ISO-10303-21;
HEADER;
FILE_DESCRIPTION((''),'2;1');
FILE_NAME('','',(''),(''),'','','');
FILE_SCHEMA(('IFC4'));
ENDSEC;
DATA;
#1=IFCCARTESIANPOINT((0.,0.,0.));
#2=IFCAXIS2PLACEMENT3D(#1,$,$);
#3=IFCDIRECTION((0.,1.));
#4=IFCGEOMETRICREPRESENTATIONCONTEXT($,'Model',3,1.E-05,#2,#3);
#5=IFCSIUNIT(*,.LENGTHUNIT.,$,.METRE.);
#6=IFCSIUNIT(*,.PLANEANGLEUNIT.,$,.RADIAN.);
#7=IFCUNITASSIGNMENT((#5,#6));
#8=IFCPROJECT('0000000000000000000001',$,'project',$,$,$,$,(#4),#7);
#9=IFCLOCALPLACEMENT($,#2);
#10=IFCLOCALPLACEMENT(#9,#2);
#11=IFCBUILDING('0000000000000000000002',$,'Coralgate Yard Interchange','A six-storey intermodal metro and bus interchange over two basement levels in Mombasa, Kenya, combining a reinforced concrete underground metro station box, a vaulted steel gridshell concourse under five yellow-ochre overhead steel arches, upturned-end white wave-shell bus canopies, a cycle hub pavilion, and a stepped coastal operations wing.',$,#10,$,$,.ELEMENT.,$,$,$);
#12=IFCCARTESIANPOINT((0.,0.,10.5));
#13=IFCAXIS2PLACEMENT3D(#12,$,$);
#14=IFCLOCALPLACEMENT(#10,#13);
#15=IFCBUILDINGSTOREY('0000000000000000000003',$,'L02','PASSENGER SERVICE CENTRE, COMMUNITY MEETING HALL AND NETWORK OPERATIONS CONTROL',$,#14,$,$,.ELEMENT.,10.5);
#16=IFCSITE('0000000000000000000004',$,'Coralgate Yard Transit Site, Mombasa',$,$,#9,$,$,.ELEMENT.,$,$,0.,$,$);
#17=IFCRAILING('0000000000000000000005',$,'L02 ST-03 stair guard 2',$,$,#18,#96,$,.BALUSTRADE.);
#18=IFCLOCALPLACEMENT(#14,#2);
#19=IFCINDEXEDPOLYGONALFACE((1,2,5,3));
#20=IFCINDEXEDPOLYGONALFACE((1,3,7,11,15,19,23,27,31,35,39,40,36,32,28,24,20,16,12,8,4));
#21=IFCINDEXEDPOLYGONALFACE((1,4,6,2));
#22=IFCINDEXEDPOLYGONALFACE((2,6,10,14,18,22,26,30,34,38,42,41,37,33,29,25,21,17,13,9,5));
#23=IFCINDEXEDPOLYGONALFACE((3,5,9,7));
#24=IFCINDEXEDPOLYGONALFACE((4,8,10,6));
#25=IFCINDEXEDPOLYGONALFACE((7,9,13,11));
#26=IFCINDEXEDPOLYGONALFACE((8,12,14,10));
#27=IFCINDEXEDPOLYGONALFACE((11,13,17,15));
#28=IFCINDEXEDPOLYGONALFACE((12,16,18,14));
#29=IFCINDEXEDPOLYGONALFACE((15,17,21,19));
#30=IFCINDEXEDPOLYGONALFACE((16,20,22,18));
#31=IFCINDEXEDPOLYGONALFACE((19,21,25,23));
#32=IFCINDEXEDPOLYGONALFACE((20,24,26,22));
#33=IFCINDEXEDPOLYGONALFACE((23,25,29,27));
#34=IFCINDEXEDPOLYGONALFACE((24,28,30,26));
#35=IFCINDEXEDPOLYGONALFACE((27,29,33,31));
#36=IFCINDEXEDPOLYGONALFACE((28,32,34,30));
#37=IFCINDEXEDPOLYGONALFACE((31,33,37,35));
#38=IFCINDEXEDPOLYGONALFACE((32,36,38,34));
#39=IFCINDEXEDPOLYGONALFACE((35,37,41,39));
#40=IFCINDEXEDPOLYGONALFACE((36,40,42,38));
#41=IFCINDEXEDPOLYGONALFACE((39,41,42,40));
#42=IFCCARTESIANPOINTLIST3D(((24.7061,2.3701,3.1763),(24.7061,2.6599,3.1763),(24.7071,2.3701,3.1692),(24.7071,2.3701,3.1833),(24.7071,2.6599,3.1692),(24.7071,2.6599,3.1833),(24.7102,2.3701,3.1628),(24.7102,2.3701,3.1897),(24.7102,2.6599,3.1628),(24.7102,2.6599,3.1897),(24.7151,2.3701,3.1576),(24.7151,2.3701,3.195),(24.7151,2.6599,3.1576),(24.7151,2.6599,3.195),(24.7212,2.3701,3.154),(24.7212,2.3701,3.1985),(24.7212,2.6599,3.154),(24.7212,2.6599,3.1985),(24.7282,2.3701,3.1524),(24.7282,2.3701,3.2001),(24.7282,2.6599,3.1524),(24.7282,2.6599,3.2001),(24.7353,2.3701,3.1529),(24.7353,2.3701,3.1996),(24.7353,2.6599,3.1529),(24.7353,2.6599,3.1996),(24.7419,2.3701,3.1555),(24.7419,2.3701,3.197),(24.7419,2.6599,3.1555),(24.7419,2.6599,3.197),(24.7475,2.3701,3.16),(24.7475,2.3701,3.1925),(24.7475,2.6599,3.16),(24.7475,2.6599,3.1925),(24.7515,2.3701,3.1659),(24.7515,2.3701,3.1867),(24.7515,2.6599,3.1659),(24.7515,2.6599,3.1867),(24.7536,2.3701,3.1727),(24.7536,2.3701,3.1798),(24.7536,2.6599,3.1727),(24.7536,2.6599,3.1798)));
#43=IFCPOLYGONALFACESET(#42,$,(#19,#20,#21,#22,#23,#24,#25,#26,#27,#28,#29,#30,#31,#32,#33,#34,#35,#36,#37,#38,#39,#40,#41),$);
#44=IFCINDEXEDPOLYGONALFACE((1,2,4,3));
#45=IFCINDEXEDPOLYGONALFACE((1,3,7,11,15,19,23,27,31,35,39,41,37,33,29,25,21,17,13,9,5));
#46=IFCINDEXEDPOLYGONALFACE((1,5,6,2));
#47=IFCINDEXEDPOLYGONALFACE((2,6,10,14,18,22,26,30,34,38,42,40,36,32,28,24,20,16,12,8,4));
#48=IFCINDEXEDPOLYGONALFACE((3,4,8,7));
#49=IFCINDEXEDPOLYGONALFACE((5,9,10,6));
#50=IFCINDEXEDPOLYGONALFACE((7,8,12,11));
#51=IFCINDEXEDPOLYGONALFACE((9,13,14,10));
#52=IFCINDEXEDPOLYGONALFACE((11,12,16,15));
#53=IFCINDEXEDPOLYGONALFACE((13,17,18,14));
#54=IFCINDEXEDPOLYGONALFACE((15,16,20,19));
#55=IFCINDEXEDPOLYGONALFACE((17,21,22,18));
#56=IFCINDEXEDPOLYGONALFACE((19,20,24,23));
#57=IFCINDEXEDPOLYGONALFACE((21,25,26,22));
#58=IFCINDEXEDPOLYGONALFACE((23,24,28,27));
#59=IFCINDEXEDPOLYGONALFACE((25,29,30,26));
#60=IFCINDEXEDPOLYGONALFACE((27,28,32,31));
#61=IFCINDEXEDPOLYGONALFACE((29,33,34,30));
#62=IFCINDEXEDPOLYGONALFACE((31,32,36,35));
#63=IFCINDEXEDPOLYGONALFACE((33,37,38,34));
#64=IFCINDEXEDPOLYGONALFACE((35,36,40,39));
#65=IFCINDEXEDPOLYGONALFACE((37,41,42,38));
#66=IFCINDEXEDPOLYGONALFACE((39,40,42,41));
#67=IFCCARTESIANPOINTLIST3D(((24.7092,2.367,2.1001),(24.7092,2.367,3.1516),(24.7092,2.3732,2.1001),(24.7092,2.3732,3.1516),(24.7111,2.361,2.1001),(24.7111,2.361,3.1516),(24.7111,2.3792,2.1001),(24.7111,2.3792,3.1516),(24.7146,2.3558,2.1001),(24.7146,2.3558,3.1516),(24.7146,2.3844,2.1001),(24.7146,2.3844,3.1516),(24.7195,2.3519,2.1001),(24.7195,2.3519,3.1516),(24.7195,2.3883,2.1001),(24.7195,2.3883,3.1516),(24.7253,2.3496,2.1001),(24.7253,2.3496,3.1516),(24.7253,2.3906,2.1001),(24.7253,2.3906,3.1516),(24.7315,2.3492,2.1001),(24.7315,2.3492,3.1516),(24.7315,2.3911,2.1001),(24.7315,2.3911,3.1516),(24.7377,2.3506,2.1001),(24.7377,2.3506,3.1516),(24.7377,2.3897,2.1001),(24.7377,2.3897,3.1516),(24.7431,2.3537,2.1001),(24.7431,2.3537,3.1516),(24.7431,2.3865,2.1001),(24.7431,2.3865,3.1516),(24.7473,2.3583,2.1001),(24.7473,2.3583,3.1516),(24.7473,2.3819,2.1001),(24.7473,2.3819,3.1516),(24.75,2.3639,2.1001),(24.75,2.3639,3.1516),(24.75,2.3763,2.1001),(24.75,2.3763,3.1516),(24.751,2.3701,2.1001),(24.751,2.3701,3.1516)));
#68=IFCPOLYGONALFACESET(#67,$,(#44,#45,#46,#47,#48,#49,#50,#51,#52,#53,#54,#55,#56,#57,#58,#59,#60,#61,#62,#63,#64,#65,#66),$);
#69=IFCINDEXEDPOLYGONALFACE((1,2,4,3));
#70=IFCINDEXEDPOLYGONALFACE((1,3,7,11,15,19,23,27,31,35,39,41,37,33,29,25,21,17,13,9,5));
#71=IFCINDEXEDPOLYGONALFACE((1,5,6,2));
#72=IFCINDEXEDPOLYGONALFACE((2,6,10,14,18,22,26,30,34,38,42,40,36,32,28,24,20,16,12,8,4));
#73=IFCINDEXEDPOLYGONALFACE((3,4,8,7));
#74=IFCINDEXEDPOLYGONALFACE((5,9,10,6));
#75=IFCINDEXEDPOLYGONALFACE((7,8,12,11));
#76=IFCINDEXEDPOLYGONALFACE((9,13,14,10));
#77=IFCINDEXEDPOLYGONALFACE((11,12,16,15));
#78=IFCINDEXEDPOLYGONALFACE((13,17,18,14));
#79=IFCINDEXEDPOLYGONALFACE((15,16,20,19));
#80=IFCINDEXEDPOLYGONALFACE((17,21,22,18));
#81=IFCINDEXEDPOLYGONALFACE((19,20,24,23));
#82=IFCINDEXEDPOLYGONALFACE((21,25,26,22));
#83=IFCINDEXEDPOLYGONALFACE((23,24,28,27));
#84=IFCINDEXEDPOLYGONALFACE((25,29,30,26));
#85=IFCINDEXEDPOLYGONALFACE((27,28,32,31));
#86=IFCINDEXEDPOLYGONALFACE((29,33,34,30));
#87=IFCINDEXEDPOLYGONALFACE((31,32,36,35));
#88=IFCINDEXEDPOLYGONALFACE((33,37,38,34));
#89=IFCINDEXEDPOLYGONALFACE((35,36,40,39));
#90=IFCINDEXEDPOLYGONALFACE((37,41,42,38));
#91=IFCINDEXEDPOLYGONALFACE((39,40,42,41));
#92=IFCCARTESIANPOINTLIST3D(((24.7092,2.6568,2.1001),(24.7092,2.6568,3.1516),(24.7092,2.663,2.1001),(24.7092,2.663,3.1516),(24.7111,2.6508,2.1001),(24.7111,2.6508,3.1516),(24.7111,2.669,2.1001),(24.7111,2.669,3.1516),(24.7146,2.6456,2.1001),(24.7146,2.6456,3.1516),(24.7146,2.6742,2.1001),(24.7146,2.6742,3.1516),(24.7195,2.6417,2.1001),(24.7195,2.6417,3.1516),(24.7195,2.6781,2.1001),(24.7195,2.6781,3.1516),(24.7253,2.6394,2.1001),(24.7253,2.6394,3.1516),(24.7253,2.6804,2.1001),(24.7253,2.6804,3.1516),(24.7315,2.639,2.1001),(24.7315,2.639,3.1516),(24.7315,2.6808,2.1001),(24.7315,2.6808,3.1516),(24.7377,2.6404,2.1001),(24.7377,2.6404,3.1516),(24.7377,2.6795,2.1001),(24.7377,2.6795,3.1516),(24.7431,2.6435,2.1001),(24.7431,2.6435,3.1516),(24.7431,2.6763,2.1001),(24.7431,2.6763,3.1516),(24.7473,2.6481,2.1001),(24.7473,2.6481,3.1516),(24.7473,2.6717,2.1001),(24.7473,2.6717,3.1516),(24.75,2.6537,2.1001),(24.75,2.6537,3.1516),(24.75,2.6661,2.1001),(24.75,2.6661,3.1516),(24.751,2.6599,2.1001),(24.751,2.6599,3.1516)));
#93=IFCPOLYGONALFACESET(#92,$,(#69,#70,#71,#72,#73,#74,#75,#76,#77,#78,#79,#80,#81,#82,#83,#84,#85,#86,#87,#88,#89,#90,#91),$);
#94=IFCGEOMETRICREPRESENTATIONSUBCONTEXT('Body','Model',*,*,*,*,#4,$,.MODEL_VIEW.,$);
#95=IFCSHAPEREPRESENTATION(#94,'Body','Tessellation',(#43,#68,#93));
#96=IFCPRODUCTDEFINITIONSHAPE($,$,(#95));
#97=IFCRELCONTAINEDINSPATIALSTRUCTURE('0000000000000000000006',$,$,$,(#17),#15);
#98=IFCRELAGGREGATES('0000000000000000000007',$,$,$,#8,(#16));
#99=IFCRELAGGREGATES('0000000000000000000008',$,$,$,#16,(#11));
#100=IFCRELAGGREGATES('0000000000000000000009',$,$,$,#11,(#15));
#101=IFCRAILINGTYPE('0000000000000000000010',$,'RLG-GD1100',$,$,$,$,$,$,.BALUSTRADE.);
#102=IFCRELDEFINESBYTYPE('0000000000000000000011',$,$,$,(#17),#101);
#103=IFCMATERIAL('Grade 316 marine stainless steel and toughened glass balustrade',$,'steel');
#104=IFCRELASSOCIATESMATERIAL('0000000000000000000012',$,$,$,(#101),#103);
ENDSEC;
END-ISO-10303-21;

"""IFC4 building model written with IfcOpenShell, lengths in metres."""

from ifc_helpers import new_model, si_unit, direction, frame, origin, origin_2d, place, context, subcontext, project, spatial, circle, extrude, material, type_object, element, save


model = new_model("IFC4")

# Units and contexts
model_context = context("Model", 3, precision=1e-05, world=origin(), true_north=direction((0.0, 1.0)))
body_context = subcontext(model_context, "Body", "Model", "MODEL_VIEW")
ifc_project = project(units=[si_unit("LENGTHUNIT", "METRE"), si_unit("PLANEANGLEUNIT", "RADIAN")], contexts=[model_context])

# Site, building, storey
site_placement = place(None, origin())
site = spatial("IfcSite", under=ifc_project, at=site_placement, Name="Coralgate Yard Transit Site, Mombasa", CompositionType="ELEMENT", RefElevation=0.0)
building_placement = place(site_placement, origin())
building = spatial("IfcBuilding", under=site, at=building_placement, Name="Coralgate Yard Interchange", Description="A six-storey intermodal metro and bus interchange over two basement levels in Mombasa, Kenya, combining a reinforced concrete underground metro station box, a vaulted steel gridshell concourse under five yellow-ochre overhead steel arches, upturned-end white wave-shell bus canopies, a cycle hub pavilion, and a stepped coastal operations wing.", CompositionType="ELEMENT")
storey_placement = place(building_placement, frame((0.0, 0.0, 10.5)))
storey = spatial("IfcBuildingStorey", under=building, at=storey_placement, Name="L02", Description="PASSENGER SERVICE CENTRE, COMMUNITY MEETING HALL AND NETWORK OPERATIONS CONTROL", CompositionType="ELEMENT", Elevation=10.5)

# Railing
ifc_material_1 = material(Name="Grade 316 marine stainless steel and toughened glass balustrade", Category="steel")
railing_type_1 = type_object("IfcRailingType", Name="RLG-GD1100", PredefinedType="BALUSTRADE", material=ifc_material_1)
railing_1_placement = place(storey_placement, frame((24.73, 2.3701, 2.1001)))
element("IfcRailing", 1, at=railing_1_placement, inside=storey, type_object=railing_type_1, Name="L02 ST-03 stair guard 2", PredefinedType="BALUSTRADE", context=body_context, shape_type="SweptSolid", body=[
    extrude(circle(Radius=0.0239, at=origin_2d()), frame((0.0, 0.0, 1.0762), z_axis=(0.0, 1.0, 0.0), x_axis=(-1.0, 0.0, 0.0)), (0.0, 0.0, 1.0), 0.2898),
    extrude(circle(Radius=0.021, at=origin_2d()), origin(), (0.0, 0.0, 1.0), 1.0515),
    extrude(circle(Radius=0.021, at=origin_2d()), frame((0.0, 0.2898, 0.0)), (0.0, 0.0, 1.0), 1.0515),
])

save(model, "model.ifc")
